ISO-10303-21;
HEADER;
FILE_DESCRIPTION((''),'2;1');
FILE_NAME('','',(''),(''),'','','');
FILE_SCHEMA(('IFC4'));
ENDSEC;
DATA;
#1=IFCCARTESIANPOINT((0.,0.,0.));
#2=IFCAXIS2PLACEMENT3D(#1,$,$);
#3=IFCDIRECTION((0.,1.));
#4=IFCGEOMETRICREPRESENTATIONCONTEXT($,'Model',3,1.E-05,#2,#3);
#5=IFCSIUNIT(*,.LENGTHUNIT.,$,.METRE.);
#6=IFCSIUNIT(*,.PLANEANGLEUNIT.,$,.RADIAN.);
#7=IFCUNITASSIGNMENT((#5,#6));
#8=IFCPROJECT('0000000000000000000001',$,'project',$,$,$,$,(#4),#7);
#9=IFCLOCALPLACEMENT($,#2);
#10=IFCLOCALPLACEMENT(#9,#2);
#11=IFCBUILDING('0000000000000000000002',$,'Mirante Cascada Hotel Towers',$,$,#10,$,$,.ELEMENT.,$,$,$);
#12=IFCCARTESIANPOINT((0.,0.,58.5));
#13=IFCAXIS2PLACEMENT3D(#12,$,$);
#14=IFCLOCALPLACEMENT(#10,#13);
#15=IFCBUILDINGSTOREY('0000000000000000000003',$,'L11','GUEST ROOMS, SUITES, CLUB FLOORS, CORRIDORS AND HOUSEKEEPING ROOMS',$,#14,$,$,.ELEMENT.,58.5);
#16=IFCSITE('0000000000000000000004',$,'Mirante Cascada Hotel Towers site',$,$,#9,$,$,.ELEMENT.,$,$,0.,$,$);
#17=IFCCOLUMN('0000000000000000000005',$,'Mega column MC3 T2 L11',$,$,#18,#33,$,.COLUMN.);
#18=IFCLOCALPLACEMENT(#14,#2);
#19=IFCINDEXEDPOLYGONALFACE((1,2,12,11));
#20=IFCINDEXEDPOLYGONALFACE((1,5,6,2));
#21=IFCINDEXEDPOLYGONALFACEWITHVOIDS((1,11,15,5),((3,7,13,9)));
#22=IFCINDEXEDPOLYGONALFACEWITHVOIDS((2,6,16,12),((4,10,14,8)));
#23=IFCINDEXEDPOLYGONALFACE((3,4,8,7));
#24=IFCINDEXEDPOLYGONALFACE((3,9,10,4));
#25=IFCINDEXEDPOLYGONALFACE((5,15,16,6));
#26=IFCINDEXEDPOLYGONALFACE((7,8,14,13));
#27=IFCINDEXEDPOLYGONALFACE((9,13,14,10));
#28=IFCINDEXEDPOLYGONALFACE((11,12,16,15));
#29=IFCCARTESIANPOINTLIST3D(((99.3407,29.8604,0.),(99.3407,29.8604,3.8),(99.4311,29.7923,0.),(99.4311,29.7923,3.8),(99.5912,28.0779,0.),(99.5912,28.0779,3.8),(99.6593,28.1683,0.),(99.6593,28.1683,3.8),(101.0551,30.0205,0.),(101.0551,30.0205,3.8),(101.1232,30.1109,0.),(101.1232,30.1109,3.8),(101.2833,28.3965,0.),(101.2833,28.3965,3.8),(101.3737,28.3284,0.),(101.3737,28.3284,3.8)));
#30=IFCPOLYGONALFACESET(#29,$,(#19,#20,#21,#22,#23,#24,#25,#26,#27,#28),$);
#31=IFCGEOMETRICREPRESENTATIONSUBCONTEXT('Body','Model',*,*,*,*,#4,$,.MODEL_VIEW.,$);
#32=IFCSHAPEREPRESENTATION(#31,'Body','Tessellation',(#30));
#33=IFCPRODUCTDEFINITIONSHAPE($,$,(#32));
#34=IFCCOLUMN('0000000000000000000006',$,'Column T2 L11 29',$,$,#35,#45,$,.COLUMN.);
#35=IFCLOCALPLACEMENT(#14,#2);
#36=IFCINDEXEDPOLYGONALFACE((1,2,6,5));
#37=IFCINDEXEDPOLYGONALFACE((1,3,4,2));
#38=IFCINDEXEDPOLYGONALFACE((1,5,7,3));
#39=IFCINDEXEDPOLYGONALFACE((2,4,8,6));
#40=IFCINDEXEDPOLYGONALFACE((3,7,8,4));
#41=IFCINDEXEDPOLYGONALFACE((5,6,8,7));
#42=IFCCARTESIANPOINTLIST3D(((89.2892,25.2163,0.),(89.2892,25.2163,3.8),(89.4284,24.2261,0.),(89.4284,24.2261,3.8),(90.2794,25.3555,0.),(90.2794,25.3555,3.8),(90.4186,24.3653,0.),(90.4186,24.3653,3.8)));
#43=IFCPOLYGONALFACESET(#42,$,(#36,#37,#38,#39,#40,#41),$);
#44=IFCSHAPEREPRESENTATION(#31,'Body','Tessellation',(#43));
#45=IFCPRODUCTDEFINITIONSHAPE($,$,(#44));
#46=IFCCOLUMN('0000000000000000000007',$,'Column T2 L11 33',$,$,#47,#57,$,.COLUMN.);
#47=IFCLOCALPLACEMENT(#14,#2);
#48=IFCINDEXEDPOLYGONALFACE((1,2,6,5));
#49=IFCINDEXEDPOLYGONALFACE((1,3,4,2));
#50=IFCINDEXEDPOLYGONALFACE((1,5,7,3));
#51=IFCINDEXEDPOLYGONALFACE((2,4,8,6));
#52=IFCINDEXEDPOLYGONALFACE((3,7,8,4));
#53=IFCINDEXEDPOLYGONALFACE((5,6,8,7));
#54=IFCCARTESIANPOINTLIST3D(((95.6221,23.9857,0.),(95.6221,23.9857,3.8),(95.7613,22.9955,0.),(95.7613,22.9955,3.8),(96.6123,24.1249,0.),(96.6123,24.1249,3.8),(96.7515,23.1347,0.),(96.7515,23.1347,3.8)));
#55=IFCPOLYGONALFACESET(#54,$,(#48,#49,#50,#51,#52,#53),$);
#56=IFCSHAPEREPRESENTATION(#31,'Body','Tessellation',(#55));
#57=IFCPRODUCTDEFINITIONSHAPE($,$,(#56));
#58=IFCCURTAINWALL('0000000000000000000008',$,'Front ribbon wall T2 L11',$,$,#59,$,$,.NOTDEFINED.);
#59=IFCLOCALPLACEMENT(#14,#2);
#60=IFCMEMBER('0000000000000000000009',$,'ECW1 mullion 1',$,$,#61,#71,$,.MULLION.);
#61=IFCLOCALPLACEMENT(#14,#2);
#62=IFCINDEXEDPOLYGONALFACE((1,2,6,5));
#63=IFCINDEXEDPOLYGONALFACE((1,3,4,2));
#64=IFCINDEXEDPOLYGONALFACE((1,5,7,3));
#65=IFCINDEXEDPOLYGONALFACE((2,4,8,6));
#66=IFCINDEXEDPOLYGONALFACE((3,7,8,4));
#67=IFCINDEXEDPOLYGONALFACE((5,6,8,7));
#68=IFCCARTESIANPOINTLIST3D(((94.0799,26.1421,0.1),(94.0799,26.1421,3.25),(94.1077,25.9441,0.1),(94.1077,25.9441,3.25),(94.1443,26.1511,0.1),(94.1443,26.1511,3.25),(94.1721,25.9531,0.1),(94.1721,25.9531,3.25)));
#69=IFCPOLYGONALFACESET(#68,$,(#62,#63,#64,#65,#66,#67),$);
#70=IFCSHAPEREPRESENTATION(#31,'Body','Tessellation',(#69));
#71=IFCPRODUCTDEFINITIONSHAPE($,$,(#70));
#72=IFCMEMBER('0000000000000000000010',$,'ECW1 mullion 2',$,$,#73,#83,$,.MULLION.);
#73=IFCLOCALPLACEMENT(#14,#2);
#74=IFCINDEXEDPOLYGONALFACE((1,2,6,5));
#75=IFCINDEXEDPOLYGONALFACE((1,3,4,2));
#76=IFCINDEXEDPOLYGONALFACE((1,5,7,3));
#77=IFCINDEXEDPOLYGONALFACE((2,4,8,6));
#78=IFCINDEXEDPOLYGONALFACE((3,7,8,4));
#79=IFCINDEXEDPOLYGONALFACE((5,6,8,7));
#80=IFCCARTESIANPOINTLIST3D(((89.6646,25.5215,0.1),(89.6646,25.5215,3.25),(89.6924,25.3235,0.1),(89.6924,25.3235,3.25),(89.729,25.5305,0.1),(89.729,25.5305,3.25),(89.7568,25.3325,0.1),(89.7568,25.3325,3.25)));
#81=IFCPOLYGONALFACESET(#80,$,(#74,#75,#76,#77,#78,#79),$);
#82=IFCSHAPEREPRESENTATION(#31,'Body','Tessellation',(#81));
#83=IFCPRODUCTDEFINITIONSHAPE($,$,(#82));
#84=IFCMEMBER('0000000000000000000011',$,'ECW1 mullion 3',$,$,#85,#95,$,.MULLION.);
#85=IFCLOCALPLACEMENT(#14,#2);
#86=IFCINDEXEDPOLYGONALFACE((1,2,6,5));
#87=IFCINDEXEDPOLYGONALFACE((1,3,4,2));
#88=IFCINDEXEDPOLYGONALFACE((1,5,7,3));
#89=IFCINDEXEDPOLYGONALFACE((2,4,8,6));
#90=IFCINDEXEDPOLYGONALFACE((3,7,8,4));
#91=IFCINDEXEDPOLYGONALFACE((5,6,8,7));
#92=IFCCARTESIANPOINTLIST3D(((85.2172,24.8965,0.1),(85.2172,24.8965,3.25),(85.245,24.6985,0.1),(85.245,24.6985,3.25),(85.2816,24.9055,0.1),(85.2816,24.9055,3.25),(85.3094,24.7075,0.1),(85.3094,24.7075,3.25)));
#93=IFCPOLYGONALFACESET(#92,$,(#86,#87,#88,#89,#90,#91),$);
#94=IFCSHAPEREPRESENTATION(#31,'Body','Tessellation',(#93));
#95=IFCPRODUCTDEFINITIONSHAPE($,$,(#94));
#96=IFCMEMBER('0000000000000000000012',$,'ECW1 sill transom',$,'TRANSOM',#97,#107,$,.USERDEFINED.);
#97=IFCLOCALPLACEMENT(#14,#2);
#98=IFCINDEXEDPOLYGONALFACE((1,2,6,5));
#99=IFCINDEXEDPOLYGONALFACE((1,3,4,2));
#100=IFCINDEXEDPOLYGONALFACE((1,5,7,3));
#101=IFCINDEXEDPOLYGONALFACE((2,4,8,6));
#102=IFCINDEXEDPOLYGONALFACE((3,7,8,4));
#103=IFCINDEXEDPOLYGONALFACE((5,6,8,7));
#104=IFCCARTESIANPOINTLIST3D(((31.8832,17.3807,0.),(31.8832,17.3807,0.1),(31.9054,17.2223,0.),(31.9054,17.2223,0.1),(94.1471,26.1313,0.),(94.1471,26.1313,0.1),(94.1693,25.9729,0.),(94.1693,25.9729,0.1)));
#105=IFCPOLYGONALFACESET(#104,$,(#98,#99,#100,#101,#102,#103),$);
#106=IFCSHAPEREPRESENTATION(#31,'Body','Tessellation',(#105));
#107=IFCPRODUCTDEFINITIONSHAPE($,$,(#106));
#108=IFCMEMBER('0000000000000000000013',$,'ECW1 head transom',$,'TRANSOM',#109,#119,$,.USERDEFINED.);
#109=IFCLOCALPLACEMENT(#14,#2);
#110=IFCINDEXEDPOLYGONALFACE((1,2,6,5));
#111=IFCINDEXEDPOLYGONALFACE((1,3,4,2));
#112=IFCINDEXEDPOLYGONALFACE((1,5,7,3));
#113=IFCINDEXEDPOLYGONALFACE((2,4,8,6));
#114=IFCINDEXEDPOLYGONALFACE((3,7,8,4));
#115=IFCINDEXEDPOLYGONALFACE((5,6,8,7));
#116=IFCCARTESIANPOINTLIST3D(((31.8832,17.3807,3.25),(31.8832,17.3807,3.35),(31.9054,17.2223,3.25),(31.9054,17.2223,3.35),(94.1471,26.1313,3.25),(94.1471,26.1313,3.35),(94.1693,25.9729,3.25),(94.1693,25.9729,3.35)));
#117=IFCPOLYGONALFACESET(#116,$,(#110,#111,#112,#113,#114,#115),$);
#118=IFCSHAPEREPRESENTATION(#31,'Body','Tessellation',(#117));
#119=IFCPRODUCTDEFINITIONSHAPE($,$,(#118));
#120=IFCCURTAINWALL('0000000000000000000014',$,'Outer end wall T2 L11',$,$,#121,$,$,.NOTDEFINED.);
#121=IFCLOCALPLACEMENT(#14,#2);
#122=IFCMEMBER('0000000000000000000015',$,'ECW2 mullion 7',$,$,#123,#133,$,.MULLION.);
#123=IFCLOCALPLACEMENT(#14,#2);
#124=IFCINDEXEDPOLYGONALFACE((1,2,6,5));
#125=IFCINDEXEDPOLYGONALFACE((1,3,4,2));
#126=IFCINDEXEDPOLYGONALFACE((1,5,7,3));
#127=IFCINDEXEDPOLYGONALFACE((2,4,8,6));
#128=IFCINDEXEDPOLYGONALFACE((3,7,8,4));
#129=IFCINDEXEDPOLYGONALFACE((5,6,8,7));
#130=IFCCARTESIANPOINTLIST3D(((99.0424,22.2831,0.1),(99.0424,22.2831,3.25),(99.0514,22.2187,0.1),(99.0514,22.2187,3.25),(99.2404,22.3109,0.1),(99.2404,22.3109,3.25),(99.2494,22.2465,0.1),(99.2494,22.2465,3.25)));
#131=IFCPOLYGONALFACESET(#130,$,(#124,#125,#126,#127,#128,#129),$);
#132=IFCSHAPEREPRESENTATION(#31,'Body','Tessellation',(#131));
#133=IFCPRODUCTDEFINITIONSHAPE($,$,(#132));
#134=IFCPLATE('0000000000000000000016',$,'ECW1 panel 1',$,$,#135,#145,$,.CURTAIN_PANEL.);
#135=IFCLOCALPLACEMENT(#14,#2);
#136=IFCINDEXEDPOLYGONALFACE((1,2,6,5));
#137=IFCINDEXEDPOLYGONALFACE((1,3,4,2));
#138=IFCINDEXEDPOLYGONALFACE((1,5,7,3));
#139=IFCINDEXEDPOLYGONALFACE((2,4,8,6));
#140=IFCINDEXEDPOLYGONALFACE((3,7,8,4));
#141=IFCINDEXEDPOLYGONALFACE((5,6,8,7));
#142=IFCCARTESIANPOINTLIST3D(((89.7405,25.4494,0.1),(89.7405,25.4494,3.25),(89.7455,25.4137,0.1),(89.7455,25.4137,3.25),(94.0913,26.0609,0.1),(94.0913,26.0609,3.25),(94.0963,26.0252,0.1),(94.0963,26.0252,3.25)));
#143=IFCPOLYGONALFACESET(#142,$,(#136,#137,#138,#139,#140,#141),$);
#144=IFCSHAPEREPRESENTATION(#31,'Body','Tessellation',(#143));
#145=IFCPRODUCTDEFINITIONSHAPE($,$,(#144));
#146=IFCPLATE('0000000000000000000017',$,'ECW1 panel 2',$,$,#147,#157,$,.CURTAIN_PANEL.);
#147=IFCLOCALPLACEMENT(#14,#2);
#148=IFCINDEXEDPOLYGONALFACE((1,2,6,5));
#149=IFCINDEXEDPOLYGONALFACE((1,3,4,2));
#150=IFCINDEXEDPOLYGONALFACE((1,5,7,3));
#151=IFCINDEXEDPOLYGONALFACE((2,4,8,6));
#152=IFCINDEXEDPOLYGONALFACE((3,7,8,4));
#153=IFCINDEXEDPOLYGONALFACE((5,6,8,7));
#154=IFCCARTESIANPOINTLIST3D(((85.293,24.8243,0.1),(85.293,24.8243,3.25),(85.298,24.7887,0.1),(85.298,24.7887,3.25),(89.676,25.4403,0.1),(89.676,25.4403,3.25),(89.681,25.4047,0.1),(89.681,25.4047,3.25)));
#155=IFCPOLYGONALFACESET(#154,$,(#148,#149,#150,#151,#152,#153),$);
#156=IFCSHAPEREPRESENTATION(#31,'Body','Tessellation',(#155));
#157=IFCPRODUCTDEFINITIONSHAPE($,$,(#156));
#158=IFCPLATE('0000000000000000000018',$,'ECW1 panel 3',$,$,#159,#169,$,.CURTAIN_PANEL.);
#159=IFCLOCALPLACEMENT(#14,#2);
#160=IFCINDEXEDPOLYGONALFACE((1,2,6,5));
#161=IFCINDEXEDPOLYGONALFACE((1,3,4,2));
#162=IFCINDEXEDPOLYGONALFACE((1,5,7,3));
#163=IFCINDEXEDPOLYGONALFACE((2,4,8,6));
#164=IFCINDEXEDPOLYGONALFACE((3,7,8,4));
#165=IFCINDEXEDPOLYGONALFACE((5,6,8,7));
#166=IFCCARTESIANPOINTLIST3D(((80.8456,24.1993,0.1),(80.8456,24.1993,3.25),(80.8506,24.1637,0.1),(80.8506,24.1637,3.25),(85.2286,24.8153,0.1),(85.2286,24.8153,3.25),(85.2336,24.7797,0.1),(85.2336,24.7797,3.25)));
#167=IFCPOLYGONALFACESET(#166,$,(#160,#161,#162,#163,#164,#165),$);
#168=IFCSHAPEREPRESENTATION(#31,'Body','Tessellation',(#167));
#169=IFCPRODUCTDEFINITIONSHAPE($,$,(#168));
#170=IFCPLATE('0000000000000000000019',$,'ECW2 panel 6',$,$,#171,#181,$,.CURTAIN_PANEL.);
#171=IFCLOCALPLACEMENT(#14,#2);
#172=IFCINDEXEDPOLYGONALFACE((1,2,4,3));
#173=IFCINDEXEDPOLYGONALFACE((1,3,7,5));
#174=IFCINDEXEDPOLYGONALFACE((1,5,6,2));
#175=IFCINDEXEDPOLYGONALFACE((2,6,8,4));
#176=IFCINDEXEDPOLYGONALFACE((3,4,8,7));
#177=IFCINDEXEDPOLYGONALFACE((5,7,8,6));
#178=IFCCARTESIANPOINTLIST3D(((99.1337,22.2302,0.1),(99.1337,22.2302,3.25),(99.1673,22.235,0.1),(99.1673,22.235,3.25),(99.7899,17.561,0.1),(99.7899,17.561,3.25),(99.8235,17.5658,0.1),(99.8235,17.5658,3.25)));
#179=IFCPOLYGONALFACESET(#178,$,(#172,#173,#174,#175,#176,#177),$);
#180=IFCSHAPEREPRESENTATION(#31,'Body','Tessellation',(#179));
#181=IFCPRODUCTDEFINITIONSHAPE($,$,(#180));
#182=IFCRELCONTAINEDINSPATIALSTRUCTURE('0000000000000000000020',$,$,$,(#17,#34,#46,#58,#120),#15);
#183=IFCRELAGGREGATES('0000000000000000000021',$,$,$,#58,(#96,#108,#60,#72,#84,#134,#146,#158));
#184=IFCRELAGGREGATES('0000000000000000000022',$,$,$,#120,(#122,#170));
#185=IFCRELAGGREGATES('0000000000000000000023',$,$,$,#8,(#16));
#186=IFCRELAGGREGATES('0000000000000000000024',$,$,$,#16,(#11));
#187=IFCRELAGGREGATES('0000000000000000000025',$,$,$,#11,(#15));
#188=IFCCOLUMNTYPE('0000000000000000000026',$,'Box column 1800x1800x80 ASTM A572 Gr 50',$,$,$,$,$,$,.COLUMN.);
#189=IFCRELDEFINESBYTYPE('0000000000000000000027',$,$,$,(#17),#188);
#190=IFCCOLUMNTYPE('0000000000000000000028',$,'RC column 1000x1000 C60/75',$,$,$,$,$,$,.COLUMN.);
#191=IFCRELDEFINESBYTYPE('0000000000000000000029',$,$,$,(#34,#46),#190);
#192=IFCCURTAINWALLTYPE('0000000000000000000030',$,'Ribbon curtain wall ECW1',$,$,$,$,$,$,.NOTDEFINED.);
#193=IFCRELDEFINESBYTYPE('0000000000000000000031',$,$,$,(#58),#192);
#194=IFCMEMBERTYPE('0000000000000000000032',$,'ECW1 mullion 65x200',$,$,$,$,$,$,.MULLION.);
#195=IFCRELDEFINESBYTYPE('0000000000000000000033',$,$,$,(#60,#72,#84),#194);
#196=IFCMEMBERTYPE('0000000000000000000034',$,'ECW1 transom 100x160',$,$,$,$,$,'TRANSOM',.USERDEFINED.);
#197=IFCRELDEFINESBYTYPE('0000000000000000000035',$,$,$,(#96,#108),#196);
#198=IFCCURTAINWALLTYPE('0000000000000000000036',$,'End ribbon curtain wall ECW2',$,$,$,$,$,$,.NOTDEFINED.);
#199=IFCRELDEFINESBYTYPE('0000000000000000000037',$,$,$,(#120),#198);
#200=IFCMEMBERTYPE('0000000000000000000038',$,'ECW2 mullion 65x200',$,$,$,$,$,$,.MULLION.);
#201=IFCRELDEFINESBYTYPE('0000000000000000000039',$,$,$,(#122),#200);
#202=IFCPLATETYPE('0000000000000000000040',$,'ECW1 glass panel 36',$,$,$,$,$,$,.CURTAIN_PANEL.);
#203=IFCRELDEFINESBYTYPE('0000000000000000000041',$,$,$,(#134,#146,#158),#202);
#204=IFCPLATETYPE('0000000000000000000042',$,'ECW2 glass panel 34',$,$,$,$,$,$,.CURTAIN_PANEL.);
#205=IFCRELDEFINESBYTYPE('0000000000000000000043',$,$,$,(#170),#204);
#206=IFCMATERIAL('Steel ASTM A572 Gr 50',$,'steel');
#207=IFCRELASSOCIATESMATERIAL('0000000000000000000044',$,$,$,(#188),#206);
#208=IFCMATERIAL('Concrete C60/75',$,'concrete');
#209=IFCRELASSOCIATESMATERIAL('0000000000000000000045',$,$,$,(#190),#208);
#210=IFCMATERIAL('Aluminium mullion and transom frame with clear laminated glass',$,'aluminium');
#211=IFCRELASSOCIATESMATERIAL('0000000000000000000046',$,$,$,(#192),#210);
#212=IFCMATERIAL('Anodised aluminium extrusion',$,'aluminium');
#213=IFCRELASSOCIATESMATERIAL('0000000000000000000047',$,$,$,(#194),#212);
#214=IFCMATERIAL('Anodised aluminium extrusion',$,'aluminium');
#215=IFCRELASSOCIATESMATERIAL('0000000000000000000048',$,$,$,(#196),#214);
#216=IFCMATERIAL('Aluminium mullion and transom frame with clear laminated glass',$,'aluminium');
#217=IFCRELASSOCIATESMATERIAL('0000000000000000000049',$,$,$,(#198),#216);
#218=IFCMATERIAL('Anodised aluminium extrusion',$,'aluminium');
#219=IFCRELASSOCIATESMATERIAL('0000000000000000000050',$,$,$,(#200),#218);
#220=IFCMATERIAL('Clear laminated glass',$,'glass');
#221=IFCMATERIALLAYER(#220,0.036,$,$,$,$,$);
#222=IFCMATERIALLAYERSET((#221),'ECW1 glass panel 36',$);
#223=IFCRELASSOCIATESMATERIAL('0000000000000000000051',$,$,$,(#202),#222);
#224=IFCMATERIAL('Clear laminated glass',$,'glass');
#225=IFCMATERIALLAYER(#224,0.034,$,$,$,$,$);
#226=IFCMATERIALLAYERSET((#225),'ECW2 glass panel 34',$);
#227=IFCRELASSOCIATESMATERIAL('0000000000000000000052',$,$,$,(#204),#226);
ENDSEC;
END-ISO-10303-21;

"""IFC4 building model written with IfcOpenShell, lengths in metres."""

from ifc_helpers import new_model, si_unit, direction, frame, origin, origin_2d, place, context, subcontext, project, spatial, rectangle, hollow_rectangle, extrude, material, layer, layer_set, material_profile, profile_set, type_object, element, aggregate, save


model = new_model("IFC4")

# Units and contexts
model_context = context("Model", 3, precision=1e-05, world=origin(), true_north=direction((0.0, 1.0)))
body_context = subcontext(model_context, "Body", "Model", "MODEL_VIEW")
ifc_project = project(units=[si_unit("LENGTHUNIT", "METRE"), si_unit("PLANEANGLEUNIT", "RADIAN")], contexts=[model_context])

# Site, building, storey
site_placement = place(None, origin())
site = spatial("IfcSite", under=ifc_project, at=site_placement, Name="Mirante Cascada Hotel Towers site", CompositionType="ELEMENT", RefElevation=0.0)
building_placement = place(site_placement, origin())
building = spatial("IfcBuilding", under=site, at=building_placement, Name="Mirante Cascada Hotel Towers", CompositionType="ELEMENT")
storey_placement = place(building_placement, frame((0.0, 0.0, 58.5)))
storey = spatial("IfcBuildingStorey", under=building, at=storey_placement, Name="L11", Description="GUEST ROOMS, SUITES, CLUB FLOORS, CORRIDORS AND HOUSEKEEPING ROOMS", CompositionType="ELEMENT", Elevation=58.5)

# Columns
ifc_material_1 = material(Name="Steel ASTM A572 Gr 50", Category="steel")
ifc_material_profile_1 = material_profile(ifc_material_1, hollow_rectangle(XDim=1.8, YDim=1.8, WallThickness=0.08, at=origin_2d()), Name="Box column 1800x1800x80 ASTM A572 Gr 50")
ifc_profile_set_1 = profile_set([ifc_material_profile_1], Name="Steel ASTM A572 Gr 50")
column_type_1 = type_object("IfcColumnType", Name="Box column 1800x1800x80 ASTM A572 Gr 50", PredefinedType="COLUMN", material=ifc_profile_set_1)
column_placement = place(storey_placement, frame((100.3572, 29.0944, 0.0), z_axis=(0.0, 0.0, 1.0), x_axis=(0.990268, 0.139173, 0.0)))
element("IfcColumn", 1, at=column_placement, inside=storey, type_object=column_type_1, Name="Mega column MC3 T2 L11", PredefinedType="COLUMN", context=body_context, shape_type="SweptSolid", body=[
    extrude(hollow_rectangle(XDim=1.8, YDim=1.8, WallThickness=0.08, at=origin_2d()), origin(), (0.0, 0.0, 1.0), 3.8),
])
ifc_material_2 = material(Name="Concrete C60/75", Category="concrete")
ifc_material_profile_2 = material_profile(ifc_material_2, rectangle(XDim=1.0, YDim=1.0, at=origin_2d()), Name="RC column 1000x1000 C60/75")
ifc_profile_set_2 = profile_set([ifc_material_profile_2], Name="Concrete C60/75")
column_type_2 = type_object("IfcColumnType", Name="RC column 1000x1000 C60/75", PredefinedType="COLUMN", material=ifc_profile_set_2)
for number, where, z_axis, x_axis, name in (
    (2, (89.8539, 24.7908, 0.0), (0.0, 0.0, 1.0), (0.990268, 0.139173, 0.0), "Column T2 L11 29"),
    (3, (96.1868, 23.5602, 0.0), (0.0, 0.0, 1.0), (0.990268, 0.139173, 0.0), "Column T2 L11 33"),
):
    element("IfcColumn", number, at=place(storey_placement, frame(where, z_axis=z_axis, x_axis=x_axis)), inside=storey, type_object=column_type_2, Name=name, PredefinedType="COLUMN", context=body_context, shape_type="SweptSolid", body=[
        extrude(rectangle(XDim=1.0, YDim=1.0, at=origin_2d()), origin(), (0.0, 0.0, 1.0), 3.8),
    ])

# Curtain wall, members
ifc_material_3 = material(Name="Aluminium mullion and transom frame with clear laminated glass", Category="aluminium")
curtain_wall_type_1 = type_object("IfcCurtainWallType", Name="Ribbon curtain wall ECW1", PredefinedType="NOTDEFINED", material=ifc_material_3)
curtain_wall_1_placement = place(storey_placement, origin())
curtain_wall_1 = element("IfcCurtainWall", 4, at=curtain_wall_1_placement, inside=storey, type_object=curtain_wall_type_1, Name="Front ribbon wall T2 L11", PredefinedType="NOTDEFINED")
ifc_material_4 = material(Name="Anodised aluminium extrusion", Category="aluminium")
ifc_material_profile_3 = material_profile(ifc_material_4, rectangle(XDim=0.2, YDim=0.065, at=origin_2d()), Name="ECW1 MULLION 65x200")
ifc_profile_set_3 = profile_set([ifc_material_profile_3], Name="Anodised aluminium extrusion")
member_type_1 = type_object("IfcMemberType", Name="ECW1 mullion 65x200", PredefinedType="MULLION", material=ifc_profile_set_3)
member_1_placement = place(storey_placement, frame((94.126, 26.0476, 0.1), z_axis=(0.0, 0.0, 1.0), x_axis=(0.139173, -0.990268, 0.0)))
member_1 = element("IfcMember", 5, at=member_1_placement, type_object=member_type_1, Name="ECW1 mullion 1", PredefinedType="MULLION", context=body_context, shape_type="SweptSolid", body=[
    extrude(rectangle(XDim=0.2, YDim=0.065, at=origin_2d()), origin(), (0.0, 0.0, 1.0), 3.15),
])
member_2_placement = place(storey_placement, frame((89.7107, 25.427, 0.1), z_axis=(0.0, 0.0, 1.0), x_axis=(0.139173, -0.990268, 0.0)))
member_2 = element("IfcMember", 6, at=member_2_placement, type_object=member_type_1, Name="ECW1 mullion 2", PredefinedType="MULLION", context=body_context, shape_type="SweptSolid", body=[
    extrude(rectangle(XDim=0.2, YDim=0.065, at=origin_2d()), origin(), (0.0, 0.0, 1.0), 3.15),
])
member_3_placement = place(storey_placement, frame((85.2633, 24.802, 0.1), z_axis=(0.0, 0.0, 1.0), x_axis=(0.139173, -0.990268, 0.0)))
member_3 = element("IfcMember", 7, at=member_3_placement, type_object=member_type_1, Name="ECW1 mullion 3", PredefinedType="MULLION", context=body_context, shape_type="SweptSolid", body=[
    extrude(rectangle(XDim=0.2, YDim=0.065, at=origin_2d()), origin(), (0.0, 0.0, 1.0), 3.15),
])
ifc_material_5 = material(Name="Anodised aluminium extrusion", Category="aluminium")
ifc_material_profile_4 = material_profile(ifc_material_5, rectangle(XDim=0.16, YDim=0.1, at=origin_2d()), Name="ECW1 TRANSOM 100x160")
ifc_profile_set_4 = profile_set([ifc_material_profile_4], Name="Anodised aluminium extrusion")
member_type_2 = type_object("IfcMemberType", Name="ECW1 transom 100x160", ElementType="TRANSOM", PredefinedType="USERDEFINED", material=ifc_profile_set_4)
member_4_placement = place(storey_placement, frame((94.1582, 26.0521, 0.05), z_axis=(-0.990268, -0.139173, 0.0), x_axis=(0.139173, -0.990268, 0.0)))
member_4 = element("IfcMember", 8, at=member_4_placement, type_object=member_type_2, Name="ECW1 sill transom", ObjectType="TRANSOM", PredefinedType="USERDEFINED", context=body_context, shape_type="SweptSolid", body=[
    extrude(rectangle(XDim=0.16, YDim=0.1, at=origin_2d()), origin(), (0.0, 0.0, 1.0), 62.8758),
])
member_5_placement = place(storey_placement, frame((94.1582, 26.0521, 3.3), z_axis=(-0.990268, -0.139173, 0.0), x_axis=(0.139173, -0.990268, 0.0)))
member_5 = element("IfcMember", 9, at=member_5_placement, type_object=member_type_2, Name="ECW1 head transom", ObjectType="TRANSOM", PredefinedType="USERDEFINED", context=body_context, shape_type="SweptSolid", body=[
    extrude(rectangle(XDim=0.16, YDim=0.1, at=origin_2d()), origin(), (0.0, 0.0, 1.0), 62.8758),
])

# Curtain wall, member
ifc_material_6 = material(Name="Aluminium mullion and transom frame with clear laminated glass", Category="aluminium")
curtain_wall_type_2 = type_object("IfcCurtainWallType", Name="End ribbon curtain wall ECW2", PredefinedType="NOTDEFINED", material=ifc_material_6)
curtain_wall_2_placement = place(storey_placement, origin())
curtain_wall_2 = element("IfcCurtainWall", 10, at=curtain_wall_2_placement, inside=storey, type_object=curtain_wall_type_2, Name="Outer end wall T2 L11", PredefinedType="NOTDEFINED")
ifc_material_7 = material(Name="Anodised aluminium extrusion", Category="aluminium")
ifc_material_profile_5 = material_profile(ifc_material_7, rectangle(XDim=0.2, YDim=0.065, at=origin_2d()), Name="ECW2 MULLION 65x200")
ifc_profile_set_5 = profile_set([ifc_material_profile_5], Name="Anodised aluminium extrusion")
member_type_3 = type_object("IfcMemberType", Name="ECW2 mullion 65x200", PredefinedType="MULLION", material=ifc_profile_set_5)
member_6_placement = place(storey_placement, frame((99.1459, 22.2648, 0.1), z_axis=(0.0, 0.0, 1.0), x_axis=(-0.990268, -0.139173, 0.0)))
member_6 = element("IfcMember", 11, at=member_6_placement, type_object=member_type_3, Name="ECW2 mullion 7", PredefinedType="MULLION", context=body_context, shape_type="SweptSolid", body=[
    extrude(rectangle(XDim=0.2, YDim=0.065, at=origin_2d()), origin(), (0.0, 0.0, 1.0), 3.15),
])

# Plates
ifc_material_8 = material(Name="Clear laminated glass", Category="glass")
ifc_layer_1 = layer(ifc_material_8, 0.036)
ifc_layer_set_1 = layer_set([ifc_layer_1], Name="ECW1 glass panel 36")
plate_type_1 = type_object("IfcPlateType", Name="ECW1 glass panel 36", PredefinedType="CURTAIN_PANEL", material=ifc_layer_set_1)
plate_1_placement = place(storey_placement, frame((91.9184, 25.7373, 0.1), z_axis=(0.0, 0.0, 1.0), x_axis=(-0.990268, -0.139173, 0.0)))
plate_1 = element("IfcPlate", 12, at=plate_1_placement, type_object=plate_type_1, Name="ECW1 panel 1", PredefinedType="CURTAIN_PANEL", context=body_context, shape_type="SweptSolid", body=[
    extrude(rectangle(XDim=4.3936, YDim=0.036, at=origin_2d()), origin(), (0.0, 0.0, 1.0), 3.15),
])
plate_2_placement = place(storey_placement, frame((87.487, 25.1145, 0.1), z_axis=(0.0, 0.0, 1.0), x_axis=(-0.990268, -0.139173, 0.0)))
plate_2 = element("IfcPlate", 13, at=plate_2_placement, type_object=plate_type_1, Name="ECW1 panel 2", PredefinedType="CURTAIN_PANEL", context=body_context, shape_type="SweptSolid", body=[
    extrude(rectangle(XDim=4.4261, YDim=0.036, at=origin_2d()), origin(), (0.0, 0.0, 1.0), 3.15),
])
plate_3_placement = place(storey_placement, frame((83.0396, 24.4895, 0.1), z_axis=(0.0, 0.0, 1.0), x_axis=(-0.990268, -0.139173, 0.0)))
plate_3 = element("IfcPlate", 14, at=plate_3_placement, type_object=plate_type_1, Name="ECW1 panel 3", PredefinedType="CURTAIN_PANEL", context=body_context, shape_type="SweptSolid", body=[
    extrude(rectangle(XDim=4.4261, YDim=0.036, at=origin_2d()), origin(), (0.0, 0.0, 1.0), 3.15),
])
aggregate(curtain_wall_1, [member_4, member_5, member_1, member_2, member_3, plate_1, plate_2, plate_3])
ifc_material_9 = material(Name="Clear laminated glass", Category="glass")
ifc_layer_2 = layer(ifc_material_9, 0.034)
ifc_layer_set_2 = layer_set([ifc_layer_2], Name="ECW2 glass panel 34")
plate_type_2 = type_object("IfcPlateType", Name="ECW2 glass panel 34", PredefinedType="CURTAIN_PANEL", material=ifc_layer_set_2)
plate_4_placement = place(storey_placement, frame((99.4786, 19.898, 0.1), z_axis=(0.0, 0.0, 1.0), x_axis=(-0.139173, 0.990268, 0.0)))
plate_4 = element("IfcPlate", 15, at=plate_4_placement, type_object=plate_type_2, Name="ECW2 panel 6", PredefinedType="CURTAIN_PANEL", context=body_context, shape_type="SweptSolid", body=[
    extrude(rectangle(XDim=4.7151, YDim=0.034, at=origin_2d()), origin(), (0.0, 0.0, 1.0), 3.15),
])
aggregate(curtain_wall_2, [member_6, plate_4])

save(model, "model.ifc")
